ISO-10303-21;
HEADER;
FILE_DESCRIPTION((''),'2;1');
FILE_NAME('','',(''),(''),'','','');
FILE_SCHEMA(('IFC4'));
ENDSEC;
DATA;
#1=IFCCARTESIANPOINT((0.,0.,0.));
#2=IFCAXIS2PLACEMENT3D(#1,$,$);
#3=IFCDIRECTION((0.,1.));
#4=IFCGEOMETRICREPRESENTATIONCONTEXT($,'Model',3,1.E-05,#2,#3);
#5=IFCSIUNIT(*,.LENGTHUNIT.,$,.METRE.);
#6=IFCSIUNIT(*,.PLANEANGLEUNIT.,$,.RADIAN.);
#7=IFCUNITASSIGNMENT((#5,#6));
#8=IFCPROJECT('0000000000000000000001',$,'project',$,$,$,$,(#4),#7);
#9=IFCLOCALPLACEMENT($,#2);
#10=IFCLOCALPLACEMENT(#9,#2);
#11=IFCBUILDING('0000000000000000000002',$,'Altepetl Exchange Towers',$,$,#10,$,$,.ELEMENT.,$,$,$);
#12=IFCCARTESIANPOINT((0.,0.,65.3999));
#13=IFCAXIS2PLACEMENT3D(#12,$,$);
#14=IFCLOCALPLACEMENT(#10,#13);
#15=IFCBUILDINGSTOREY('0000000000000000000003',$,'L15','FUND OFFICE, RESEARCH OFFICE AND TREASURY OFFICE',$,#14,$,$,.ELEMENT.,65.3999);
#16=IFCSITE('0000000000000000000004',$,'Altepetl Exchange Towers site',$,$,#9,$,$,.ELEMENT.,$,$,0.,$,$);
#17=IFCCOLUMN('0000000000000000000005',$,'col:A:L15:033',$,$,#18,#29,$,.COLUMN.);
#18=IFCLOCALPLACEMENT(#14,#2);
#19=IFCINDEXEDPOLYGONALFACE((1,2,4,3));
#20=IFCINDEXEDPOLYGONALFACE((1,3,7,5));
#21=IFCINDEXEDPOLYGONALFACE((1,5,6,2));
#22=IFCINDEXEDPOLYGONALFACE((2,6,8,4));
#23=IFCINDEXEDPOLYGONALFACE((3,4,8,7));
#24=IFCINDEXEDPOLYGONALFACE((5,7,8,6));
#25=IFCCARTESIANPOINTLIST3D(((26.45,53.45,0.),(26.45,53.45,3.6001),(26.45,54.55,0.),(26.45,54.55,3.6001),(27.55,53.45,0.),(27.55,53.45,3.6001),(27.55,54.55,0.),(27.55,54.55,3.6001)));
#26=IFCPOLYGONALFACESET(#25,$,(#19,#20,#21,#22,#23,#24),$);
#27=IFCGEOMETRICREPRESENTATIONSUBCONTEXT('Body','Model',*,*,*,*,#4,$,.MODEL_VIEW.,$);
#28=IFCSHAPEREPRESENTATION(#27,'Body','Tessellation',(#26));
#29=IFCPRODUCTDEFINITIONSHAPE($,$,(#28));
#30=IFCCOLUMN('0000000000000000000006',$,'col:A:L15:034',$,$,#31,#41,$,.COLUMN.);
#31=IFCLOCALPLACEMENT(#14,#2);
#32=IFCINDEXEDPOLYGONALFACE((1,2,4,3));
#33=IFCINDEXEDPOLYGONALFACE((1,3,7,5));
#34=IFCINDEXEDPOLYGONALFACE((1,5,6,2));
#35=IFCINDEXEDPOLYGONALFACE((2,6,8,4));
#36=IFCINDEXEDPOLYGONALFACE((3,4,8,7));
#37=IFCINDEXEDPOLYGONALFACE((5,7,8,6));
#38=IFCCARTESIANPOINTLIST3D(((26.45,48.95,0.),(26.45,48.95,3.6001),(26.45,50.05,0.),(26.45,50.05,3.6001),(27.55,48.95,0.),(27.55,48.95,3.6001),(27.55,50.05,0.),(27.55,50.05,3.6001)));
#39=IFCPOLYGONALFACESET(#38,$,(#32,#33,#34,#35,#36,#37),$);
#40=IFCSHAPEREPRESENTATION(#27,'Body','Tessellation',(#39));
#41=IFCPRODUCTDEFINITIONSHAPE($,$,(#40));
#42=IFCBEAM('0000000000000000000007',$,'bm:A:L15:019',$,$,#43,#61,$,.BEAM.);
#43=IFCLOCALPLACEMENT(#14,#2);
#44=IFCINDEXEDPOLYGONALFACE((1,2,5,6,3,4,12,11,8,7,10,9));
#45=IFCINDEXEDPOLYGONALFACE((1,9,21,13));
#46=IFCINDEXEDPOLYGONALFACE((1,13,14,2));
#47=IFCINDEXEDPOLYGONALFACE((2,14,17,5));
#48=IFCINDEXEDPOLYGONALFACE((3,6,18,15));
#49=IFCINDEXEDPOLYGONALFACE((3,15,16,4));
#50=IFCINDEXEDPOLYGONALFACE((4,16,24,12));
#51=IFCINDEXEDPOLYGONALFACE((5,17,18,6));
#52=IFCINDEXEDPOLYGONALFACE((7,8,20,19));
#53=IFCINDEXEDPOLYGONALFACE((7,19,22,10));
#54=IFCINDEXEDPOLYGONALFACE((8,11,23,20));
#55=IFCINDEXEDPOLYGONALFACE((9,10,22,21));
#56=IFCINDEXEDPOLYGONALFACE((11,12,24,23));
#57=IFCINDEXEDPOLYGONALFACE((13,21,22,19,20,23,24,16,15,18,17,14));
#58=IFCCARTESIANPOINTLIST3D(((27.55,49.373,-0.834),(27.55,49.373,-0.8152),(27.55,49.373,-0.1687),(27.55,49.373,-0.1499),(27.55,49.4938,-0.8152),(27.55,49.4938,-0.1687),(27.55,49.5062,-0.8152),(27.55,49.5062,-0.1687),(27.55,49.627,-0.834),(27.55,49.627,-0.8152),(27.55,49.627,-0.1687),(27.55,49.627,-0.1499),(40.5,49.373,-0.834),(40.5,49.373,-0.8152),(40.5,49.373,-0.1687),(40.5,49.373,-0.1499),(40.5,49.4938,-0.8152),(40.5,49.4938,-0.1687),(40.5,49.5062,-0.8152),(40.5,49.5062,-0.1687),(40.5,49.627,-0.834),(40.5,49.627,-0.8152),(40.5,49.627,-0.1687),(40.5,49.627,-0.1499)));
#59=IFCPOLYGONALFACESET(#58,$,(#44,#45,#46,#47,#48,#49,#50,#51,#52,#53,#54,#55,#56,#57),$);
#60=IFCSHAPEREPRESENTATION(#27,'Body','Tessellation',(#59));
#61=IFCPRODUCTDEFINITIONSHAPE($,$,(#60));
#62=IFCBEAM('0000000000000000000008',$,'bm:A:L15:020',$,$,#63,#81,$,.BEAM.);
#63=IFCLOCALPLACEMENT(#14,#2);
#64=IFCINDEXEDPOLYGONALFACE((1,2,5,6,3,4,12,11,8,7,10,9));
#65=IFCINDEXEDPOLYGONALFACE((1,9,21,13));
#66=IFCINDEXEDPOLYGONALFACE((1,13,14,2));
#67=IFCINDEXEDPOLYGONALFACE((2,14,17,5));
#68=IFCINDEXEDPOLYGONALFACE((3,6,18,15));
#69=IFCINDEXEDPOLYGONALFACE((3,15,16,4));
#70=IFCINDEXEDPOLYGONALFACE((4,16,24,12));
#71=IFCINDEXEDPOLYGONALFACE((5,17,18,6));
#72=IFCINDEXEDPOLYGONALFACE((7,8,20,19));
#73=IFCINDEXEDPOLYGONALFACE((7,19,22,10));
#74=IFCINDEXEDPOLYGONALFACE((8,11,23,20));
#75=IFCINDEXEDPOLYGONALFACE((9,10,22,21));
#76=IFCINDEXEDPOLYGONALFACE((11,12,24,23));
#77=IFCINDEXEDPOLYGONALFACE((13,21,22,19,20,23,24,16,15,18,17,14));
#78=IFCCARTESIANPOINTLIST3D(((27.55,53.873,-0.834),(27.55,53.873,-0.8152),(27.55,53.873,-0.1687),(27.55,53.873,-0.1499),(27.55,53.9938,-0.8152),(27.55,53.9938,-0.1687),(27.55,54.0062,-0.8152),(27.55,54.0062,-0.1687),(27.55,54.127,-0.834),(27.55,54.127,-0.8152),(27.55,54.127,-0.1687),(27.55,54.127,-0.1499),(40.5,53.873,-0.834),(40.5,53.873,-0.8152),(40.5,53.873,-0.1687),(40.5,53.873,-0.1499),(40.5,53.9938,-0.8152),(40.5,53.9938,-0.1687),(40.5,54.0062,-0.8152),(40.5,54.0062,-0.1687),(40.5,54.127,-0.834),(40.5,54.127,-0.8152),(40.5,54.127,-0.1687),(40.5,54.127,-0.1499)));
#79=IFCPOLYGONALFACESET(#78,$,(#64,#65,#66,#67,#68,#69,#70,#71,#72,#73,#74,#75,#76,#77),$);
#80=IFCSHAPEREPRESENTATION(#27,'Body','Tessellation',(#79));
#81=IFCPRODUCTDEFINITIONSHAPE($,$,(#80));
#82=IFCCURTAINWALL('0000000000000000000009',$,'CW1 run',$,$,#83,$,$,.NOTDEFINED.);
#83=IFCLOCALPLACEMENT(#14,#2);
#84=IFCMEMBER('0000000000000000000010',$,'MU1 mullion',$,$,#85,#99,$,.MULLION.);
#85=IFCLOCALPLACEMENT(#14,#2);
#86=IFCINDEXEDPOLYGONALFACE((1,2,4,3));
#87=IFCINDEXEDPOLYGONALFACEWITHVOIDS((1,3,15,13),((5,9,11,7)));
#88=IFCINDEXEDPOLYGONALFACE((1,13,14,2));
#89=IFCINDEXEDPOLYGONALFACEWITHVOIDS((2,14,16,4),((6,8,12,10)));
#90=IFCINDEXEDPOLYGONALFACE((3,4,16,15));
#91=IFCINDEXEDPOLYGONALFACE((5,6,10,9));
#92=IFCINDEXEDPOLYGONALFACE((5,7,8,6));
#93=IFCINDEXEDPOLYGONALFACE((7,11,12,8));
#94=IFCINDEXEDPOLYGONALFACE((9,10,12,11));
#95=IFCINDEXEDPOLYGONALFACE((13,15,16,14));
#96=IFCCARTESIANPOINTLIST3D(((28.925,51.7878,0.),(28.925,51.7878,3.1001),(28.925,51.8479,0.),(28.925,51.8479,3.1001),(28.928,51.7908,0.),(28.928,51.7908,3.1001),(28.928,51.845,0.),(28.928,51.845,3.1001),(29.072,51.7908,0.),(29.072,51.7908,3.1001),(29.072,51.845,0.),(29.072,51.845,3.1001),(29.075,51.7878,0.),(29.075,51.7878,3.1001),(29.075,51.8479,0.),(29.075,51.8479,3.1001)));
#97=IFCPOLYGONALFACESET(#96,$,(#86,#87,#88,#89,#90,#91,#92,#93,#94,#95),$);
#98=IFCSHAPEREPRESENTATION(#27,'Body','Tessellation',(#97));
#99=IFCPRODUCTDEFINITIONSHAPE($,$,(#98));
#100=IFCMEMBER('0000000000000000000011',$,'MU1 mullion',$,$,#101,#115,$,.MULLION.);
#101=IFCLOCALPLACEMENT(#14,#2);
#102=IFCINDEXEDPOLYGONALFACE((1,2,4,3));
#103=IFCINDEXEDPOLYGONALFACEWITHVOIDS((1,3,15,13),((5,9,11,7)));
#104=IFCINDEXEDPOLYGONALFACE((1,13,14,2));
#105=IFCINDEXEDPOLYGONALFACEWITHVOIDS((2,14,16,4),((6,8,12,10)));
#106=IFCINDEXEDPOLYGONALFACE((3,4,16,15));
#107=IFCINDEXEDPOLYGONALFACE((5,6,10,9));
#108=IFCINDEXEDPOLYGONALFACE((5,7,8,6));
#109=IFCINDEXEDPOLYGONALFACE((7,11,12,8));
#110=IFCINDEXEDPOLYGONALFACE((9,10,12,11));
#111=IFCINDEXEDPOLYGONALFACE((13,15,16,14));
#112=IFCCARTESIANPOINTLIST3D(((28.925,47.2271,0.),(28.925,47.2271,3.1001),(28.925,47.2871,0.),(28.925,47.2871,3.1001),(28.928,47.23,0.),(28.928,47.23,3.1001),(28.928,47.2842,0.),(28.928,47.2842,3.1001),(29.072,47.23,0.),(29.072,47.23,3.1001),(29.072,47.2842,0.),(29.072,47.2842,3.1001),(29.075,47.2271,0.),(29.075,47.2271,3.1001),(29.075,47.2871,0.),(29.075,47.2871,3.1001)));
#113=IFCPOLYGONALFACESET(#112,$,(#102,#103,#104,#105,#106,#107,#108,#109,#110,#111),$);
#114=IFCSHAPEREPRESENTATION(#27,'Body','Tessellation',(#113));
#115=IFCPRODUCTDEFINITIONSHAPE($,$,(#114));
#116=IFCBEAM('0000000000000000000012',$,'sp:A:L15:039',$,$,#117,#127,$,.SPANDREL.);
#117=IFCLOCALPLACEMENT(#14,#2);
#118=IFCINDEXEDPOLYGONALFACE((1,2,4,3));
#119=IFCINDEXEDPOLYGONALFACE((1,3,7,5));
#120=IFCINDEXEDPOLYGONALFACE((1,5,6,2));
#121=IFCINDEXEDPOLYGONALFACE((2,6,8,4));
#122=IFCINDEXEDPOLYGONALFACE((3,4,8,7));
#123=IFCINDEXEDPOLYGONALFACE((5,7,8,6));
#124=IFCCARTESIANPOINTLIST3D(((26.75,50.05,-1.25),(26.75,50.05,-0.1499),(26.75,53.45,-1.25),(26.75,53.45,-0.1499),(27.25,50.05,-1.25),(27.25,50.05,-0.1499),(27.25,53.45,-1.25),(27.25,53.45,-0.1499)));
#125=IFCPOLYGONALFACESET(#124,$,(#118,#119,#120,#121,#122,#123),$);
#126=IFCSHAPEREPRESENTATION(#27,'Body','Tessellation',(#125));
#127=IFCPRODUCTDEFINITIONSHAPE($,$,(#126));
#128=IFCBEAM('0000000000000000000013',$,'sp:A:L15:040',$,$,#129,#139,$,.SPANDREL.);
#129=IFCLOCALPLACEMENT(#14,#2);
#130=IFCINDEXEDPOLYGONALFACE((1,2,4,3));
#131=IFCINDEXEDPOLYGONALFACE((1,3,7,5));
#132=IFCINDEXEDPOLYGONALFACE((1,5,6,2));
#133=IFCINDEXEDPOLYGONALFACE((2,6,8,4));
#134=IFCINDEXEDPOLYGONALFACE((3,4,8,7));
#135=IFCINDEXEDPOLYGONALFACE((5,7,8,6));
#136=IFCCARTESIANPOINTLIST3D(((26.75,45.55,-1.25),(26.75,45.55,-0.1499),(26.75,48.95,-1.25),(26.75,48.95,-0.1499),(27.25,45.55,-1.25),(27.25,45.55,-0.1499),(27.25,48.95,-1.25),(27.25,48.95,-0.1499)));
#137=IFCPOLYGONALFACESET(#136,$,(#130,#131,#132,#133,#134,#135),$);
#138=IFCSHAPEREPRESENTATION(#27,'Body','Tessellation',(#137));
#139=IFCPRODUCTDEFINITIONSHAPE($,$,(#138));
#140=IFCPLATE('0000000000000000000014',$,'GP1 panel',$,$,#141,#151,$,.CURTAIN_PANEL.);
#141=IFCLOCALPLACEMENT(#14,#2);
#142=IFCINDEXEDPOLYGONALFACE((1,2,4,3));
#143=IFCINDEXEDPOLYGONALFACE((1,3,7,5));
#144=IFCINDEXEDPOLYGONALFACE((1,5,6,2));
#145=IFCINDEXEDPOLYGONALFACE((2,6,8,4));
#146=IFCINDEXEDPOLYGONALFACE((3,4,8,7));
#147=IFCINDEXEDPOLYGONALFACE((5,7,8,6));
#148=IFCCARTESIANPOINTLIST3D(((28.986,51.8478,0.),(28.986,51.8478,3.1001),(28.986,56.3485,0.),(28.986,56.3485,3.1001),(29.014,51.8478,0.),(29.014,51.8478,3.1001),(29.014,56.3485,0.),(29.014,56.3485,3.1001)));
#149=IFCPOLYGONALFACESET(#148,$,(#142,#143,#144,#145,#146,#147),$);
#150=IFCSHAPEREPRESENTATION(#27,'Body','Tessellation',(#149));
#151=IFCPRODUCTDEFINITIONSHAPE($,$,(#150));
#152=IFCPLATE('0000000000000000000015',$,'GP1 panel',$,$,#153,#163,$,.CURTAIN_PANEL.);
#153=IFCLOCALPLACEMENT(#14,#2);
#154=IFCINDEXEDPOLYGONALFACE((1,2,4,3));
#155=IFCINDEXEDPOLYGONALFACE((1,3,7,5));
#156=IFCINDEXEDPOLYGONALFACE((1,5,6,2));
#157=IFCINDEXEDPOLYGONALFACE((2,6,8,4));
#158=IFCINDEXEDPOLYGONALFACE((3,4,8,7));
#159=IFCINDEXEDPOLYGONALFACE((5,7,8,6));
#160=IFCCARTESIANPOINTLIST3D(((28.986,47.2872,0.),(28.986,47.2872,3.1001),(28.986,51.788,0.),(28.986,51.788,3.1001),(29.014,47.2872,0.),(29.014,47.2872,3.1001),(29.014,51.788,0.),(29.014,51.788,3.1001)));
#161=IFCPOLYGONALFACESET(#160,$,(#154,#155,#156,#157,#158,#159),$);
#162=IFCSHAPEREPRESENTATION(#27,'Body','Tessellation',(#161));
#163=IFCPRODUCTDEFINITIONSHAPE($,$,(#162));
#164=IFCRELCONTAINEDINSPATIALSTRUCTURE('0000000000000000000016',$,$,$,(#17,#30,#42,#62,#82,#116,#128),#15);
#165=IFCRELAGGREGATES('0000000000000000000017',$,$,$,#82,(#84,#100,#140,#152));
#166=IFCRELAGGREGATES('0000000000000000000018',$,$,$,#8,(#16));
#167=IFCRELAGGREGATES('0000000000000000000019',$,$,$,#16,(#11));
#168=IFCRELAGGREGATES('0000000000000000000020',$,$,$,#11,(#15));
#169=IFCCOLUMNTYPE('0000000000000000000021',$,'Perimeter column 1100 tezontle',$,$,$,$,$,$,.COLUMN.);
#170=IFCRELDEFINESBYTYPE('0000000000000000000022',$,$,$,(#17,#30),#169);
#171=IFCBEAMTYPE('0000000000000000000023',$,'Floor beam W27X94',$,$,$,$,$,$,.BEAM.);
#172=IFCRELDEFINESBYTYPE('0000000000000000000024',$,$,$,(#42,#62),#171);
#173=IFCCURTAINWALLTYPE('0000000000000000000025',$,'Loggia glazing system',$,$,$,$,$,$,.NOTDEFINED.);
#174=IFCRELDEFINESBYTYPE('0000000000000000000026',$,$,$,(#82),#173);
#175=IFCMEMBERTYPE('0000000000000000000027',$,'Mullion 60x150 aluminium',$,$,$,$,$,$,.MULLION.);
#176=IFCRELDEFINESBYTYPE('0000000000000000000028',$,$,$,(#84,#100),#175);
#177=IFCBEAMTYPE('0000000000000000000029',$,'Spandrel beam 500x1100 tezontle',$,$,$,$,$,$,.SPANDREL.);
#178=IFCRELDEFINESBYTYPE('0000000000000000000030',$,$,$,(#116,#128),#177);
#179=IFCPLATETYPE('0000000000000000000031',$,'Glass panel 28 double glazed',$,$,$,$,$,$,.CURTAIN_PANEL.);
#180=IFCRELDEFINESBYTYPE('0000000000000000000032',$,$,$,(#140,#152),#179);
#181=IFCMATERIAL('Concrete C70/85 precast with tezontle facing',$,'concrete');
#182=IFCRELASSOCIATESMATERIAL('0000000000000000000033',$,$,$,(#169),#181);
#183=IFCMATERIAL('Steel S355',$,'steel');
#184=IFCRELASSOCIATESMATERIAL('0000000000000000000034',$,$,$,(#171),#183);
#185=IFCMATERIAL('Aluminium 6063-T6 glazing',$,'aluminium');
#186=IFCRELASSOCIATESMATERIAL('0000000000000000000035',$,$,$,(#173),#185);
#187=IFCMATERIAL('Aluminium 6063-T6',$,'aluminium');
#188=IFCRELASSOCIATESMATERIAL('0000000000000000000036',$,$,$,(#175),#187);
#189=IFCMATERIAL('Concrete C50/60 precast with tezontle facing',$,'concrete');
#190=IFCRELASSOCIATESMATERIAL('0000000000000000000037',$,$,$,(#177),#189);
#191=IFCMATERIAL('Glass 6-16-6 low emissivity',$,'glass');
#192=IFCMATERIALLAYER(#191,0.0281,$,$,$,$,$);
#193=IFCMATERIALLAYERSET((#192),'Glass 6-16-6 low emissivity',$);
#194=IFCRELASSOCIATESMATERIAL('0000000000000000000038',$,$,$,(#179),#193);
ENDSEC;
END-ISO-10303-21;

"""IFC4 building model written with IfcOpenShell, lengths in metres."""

from ifc_helpers import new_model, si_unit, direction, frame, origin, origin_2d, place, context, subcontext, project, spatial, rectangle, hollow_rectangle, i_section, extrude, material, layer, layer_set, material_profile, profile_set, type_object, element, aggregate, save


model = new_model("IFC4")

# Units and contexts
model_context = context("Model", 3, precision=1e-05, world=origin(), true_north=direction((0.0, 1.0)))
body_context = subcontext(model_context, "Body", "Model", "MODEL_VIEW")
ifc_project = project(units=[si_unit("LENGTHUNIT", "METRE"), si_unit("PLANEANGLEUNIT", "RADIAN")], contexts=[model_context])

# Site, building, storey
site_placement = place(None, origin())
site = spatial("IfcSite", under=ifc_project, at=site_placement, Name="Altepetl Exchange Towers site", CompositionType="ELEMENT", RefElevation=0.0)
building_placement = place(site_placement, origin())
building = spatial("IfcBuilding", under=site, at=building_placement, Name="Altepetl Exchange Towers", CompositionType="ELEMENT")
storey_placement = place(building_placement, frame((0.0, 0.0, 65.3999)))
storey = spatial("IfcBuildingStorey", under=building, at=storey_placement, Name="L15", Description="FUND OFFICE, RESEARCH OFFICE AND TREASURY OFFICE", CompositionType="ELEMENT", Elevation=65.3999)

# Columns
ifc_material_1 = material(Name="Concrete C70/85 precast with tezontle facing", Category="concrete")
ifc_material_profile_1 = material_profile(ifc_material_1, rectangle(XDim=1.1001, YDim=1.1001, at=origin_2d()), Name="1100 x 1100")
ifc_profile_set_1 = profile_set([ifc_material_profile_1], Name="Concrete C70/85 precast with tezontle facing")
column_type = type_object("IfcColumnType", Name="Perimeter column 1100 tezontle", PredefinedType="COLUMN", material=ifc_profile_set_1)
for number, where, name in (
    (1, (27.0, 54.0, 0.0), "col:A:L15:033"),
    (2, (27.0, 49.5, 0.0), "col:A:L15:034"),
):
    element("IfcColumn", number, at=place(storey_placement, frame(where)), inside=storey, type_object=column_type, Name=name, PredefinedType="COLUMN", context=body_context, shape_type="SweptSolid", body=[
        extrude(rectangle(XDim=1.1001, YDim=1.1001, at=origin_2d()), origin(), (0.0, 0.0, 1.0), 3.6001),
    ])

# Beams
ifc_material_2 = material(Name="Steel S355", Category="steel")
ifc_material_profile_2 = material_profile(ifc_material_2, i_section(OverallWidth=0.2539, OverallDepth=0.6841, WebThickness=0.0125, FlangeThickness=0.0188, at=origin_2d()), Name="W27X94")
ifc_profile_set_2 = profile_set([ifc_material_profile_2], Name="Steel S355")
beam_type_1 = type_object("IfcBeamType", Name="Floor beam W27X94", PredefinedType="BEAM", material=ifc_profile_set_2)
for number, where, z_axis, x_axis, name in (
    (3, (27.55, 49.5, -0.4919), (1.0, 0.0, 0.0), (0.0, 1.0, 0.0), "bm:A:L15:019"),
    (4, (27.55, 54.0, -0.4919), (1.0, 0.0, 0.0), (0.0, 1.0, 0.0), "bm:A:L15:020"),
):
    element("IfcBeam", number, at=place(storey_placement, frame(where, z_axis=z_axis, x_axis=x_axis)), inside=storey, type_object=beam_type_1, Name=name, PredefinedType="BEAM", context=body_context, shape_type="SweptSolid", body=[
        extrude(i_section(OverallWidth=0.2539, OverallDepth=0.6841, WebThickness=0.0125, FlangeThickness=0.0188, at=origin_2d()), origin(), (0.0, 0.0, 1.0), 12.95),
    ])

# Curtain wall, members
ifc_material_3 = material(Name="Aluminium 6063-T6 glazing", Category="aluminium")
curtain_wall_type = type_object("IfcCurtainWallType", Name="Loggia glazing system", PredefinedType="NOTDEFINED", material=ifc_material_3)
curtain_wall_placement = place(storey_placement, origin())
curtain_wall = element("IfcCurtainWall", 5, at=curtain_wall_placement, inside=storey, type_object=curtain_wall_type, Name="CW1 run", PredefinedType="NOTDEFINED")
ifc_material_4 = material(Name="Aluminium 6063-T6", Category="aluminium")
ifc_material_profile_3 = material_profile(ifc_material_4, hollow_rectangle(XDim=0.0601, YDim=0.1499, WallThickness=0.0029, at=origin_2d()), Name="Mullion 60x150 aluminium")
ifc_profile_set_3 = profile_set([ifc_material_profile_3], Name="Aluminium 6063-T6")
member_type = type_object("IfcMemberType", Name="Mullion 60x150 aluminium", PredefinedType="MULLION", material=ifc_profile_set_3)
member_1_placement = place(storey_placement, frame((29.0, 51.8179, 0.0), z_axis=(0.0, 0.0, 1.0), x_axis=(0.0, -1.0, 0.0)))
member_1 = element("IfcMember", 6, at=member_1_placement, type_object=member_type, Name="MU1 mullion", PredefinedType="MULLION", context=body_context, shape_type="SweptSolid", body=[
    extrude(hollow_rectangle(XDim=0.0601, YDim=0.1499, WallThickness=0.0029, at=origin_2d()), origin(), (0.0, 0.0, 1.0), 3.1001),
])
member_2_placement = place(storey_placement, frame((29.0, 47.2571, 0.0), z_axis=(0.0, 0.0, 1.0), x_axis=(0.0, -1.0, 0.0)))
member_2 = element("IfcMember", 7, at=member_2_placement, type_object=member_type, Name="MU1 mullion", PredefinedType="MULLION", context=body_context, shape_type="SweptSolid", body=[
    extrude(hollow_rectangle(XDim=0.0601, YDim=0.1499, WallThickness=0.0029, at=origin_2d()), origin(), (0.0, 0.0, 1.0), 3.1001),
])

# Beams
ifc_material_5 = material(Name="Concrete C50/60 precast with tezontle facing", Category="concrete")
ifc_material_profile_4 = material_profile(ifc_material_5, rectangle(XDim=0.5, YDim=1.1001, at=origin_2d()), Name="500 x 1100")
ifc_profile_set_4 = profile_set([ifc_material_profile_4], Name="Concrete C50/60 precast with tezontle facing")
beam_type_2 = type_object("IfcBeamType", Name="Spandrel beam 500x1100 tezontle", PredefinedType="SPANDREL", material=ifc_profile_set_4)
for number, where, z_axis, x_axis, name in (
    (8, (27.0, 53.45, -0.7), (0.0, -1.0, 0.0), (1.0, 0.0, 0.0), "sp:A:L15:039"),
    (9, (27.0, 48.95, -0.7), (0.0, -1.0, 0.0), (1.0, 0.0, 0.0), "sp:A:L15:040"),
):
    element("IfcBeam", number, at=place(storey_placement, frame(where, z_axis=z_axis, x_axis=x_axis)), inside=storey, type_object=beam_type_2, Name=name, PredefinedType="SPANDREL", context=body_context, shape_type="SweptSolid", body=[
        extrude(rectangle(XDim=0.5, YDim=1.1001, at=origin_2d()), origin(), (0.0, 0.0, 1.0), 3.3999),
    ])

# Plates
ifc_material_6 = material(Name="Glass 6-16-6 low emissivity", Category="glass")
ifc_layer_1 = layer(ifc_material_6, 0.0281)
ifc_layer_set_1 = layer_set([ifc_layer_1], Name="Glass 6-16-6 low emissivity")
plate_type = type_object("IfcPlateType", Name="Glass panel 28 double glazed", PredefinedType="CURTAIN_PANEL", material=ifc_layer_set_1)
plate_1_placement = place(storey_placement, frame((29.0, 54.0981, 0.0), z_axis=(0.0, 0.0, 1.0), x_axis=(0.0, -1.0, 0.0)))
plate_1 = element("IfcPlate", 10, at=plate_1_placement, type_object=plate_type, Name="GP1 panel", PredefinedType="CURTAIN_PANEL", context=body_context, shape_type="SweptSolid", body=[
    extrude(rectangle(XDim=4.5007, YDim=0.0281, at=origin_2d()), origin(), (0.0, 0.0, 1.0), 3.1001),
])
plate_2_placement = place(storey_placement, frame((29.0, 49.5376, 0.0), z_axis=(0.0, 0.0, 1.0), x_axis=(0.0, -1.0, 0.0)))
plate_2 = element("IfcPlate", 11, at=plate_2_placement, type_object=plate_type, Name="GP1 panel", PredefinedType="CURTAIN_PANEL", context=body_context, shape_type="SweptSolid", body=[
    extrude(rectangle(XDim=4.5007, YDim=0.0281, at=origin_2d()), origin(), (0.0, 0.0, 1.0), 3.1001),
])
aggregate(curtain_wall, [member_1, member_2, plate_1, plate_2])

save(model, "model.ifc")
